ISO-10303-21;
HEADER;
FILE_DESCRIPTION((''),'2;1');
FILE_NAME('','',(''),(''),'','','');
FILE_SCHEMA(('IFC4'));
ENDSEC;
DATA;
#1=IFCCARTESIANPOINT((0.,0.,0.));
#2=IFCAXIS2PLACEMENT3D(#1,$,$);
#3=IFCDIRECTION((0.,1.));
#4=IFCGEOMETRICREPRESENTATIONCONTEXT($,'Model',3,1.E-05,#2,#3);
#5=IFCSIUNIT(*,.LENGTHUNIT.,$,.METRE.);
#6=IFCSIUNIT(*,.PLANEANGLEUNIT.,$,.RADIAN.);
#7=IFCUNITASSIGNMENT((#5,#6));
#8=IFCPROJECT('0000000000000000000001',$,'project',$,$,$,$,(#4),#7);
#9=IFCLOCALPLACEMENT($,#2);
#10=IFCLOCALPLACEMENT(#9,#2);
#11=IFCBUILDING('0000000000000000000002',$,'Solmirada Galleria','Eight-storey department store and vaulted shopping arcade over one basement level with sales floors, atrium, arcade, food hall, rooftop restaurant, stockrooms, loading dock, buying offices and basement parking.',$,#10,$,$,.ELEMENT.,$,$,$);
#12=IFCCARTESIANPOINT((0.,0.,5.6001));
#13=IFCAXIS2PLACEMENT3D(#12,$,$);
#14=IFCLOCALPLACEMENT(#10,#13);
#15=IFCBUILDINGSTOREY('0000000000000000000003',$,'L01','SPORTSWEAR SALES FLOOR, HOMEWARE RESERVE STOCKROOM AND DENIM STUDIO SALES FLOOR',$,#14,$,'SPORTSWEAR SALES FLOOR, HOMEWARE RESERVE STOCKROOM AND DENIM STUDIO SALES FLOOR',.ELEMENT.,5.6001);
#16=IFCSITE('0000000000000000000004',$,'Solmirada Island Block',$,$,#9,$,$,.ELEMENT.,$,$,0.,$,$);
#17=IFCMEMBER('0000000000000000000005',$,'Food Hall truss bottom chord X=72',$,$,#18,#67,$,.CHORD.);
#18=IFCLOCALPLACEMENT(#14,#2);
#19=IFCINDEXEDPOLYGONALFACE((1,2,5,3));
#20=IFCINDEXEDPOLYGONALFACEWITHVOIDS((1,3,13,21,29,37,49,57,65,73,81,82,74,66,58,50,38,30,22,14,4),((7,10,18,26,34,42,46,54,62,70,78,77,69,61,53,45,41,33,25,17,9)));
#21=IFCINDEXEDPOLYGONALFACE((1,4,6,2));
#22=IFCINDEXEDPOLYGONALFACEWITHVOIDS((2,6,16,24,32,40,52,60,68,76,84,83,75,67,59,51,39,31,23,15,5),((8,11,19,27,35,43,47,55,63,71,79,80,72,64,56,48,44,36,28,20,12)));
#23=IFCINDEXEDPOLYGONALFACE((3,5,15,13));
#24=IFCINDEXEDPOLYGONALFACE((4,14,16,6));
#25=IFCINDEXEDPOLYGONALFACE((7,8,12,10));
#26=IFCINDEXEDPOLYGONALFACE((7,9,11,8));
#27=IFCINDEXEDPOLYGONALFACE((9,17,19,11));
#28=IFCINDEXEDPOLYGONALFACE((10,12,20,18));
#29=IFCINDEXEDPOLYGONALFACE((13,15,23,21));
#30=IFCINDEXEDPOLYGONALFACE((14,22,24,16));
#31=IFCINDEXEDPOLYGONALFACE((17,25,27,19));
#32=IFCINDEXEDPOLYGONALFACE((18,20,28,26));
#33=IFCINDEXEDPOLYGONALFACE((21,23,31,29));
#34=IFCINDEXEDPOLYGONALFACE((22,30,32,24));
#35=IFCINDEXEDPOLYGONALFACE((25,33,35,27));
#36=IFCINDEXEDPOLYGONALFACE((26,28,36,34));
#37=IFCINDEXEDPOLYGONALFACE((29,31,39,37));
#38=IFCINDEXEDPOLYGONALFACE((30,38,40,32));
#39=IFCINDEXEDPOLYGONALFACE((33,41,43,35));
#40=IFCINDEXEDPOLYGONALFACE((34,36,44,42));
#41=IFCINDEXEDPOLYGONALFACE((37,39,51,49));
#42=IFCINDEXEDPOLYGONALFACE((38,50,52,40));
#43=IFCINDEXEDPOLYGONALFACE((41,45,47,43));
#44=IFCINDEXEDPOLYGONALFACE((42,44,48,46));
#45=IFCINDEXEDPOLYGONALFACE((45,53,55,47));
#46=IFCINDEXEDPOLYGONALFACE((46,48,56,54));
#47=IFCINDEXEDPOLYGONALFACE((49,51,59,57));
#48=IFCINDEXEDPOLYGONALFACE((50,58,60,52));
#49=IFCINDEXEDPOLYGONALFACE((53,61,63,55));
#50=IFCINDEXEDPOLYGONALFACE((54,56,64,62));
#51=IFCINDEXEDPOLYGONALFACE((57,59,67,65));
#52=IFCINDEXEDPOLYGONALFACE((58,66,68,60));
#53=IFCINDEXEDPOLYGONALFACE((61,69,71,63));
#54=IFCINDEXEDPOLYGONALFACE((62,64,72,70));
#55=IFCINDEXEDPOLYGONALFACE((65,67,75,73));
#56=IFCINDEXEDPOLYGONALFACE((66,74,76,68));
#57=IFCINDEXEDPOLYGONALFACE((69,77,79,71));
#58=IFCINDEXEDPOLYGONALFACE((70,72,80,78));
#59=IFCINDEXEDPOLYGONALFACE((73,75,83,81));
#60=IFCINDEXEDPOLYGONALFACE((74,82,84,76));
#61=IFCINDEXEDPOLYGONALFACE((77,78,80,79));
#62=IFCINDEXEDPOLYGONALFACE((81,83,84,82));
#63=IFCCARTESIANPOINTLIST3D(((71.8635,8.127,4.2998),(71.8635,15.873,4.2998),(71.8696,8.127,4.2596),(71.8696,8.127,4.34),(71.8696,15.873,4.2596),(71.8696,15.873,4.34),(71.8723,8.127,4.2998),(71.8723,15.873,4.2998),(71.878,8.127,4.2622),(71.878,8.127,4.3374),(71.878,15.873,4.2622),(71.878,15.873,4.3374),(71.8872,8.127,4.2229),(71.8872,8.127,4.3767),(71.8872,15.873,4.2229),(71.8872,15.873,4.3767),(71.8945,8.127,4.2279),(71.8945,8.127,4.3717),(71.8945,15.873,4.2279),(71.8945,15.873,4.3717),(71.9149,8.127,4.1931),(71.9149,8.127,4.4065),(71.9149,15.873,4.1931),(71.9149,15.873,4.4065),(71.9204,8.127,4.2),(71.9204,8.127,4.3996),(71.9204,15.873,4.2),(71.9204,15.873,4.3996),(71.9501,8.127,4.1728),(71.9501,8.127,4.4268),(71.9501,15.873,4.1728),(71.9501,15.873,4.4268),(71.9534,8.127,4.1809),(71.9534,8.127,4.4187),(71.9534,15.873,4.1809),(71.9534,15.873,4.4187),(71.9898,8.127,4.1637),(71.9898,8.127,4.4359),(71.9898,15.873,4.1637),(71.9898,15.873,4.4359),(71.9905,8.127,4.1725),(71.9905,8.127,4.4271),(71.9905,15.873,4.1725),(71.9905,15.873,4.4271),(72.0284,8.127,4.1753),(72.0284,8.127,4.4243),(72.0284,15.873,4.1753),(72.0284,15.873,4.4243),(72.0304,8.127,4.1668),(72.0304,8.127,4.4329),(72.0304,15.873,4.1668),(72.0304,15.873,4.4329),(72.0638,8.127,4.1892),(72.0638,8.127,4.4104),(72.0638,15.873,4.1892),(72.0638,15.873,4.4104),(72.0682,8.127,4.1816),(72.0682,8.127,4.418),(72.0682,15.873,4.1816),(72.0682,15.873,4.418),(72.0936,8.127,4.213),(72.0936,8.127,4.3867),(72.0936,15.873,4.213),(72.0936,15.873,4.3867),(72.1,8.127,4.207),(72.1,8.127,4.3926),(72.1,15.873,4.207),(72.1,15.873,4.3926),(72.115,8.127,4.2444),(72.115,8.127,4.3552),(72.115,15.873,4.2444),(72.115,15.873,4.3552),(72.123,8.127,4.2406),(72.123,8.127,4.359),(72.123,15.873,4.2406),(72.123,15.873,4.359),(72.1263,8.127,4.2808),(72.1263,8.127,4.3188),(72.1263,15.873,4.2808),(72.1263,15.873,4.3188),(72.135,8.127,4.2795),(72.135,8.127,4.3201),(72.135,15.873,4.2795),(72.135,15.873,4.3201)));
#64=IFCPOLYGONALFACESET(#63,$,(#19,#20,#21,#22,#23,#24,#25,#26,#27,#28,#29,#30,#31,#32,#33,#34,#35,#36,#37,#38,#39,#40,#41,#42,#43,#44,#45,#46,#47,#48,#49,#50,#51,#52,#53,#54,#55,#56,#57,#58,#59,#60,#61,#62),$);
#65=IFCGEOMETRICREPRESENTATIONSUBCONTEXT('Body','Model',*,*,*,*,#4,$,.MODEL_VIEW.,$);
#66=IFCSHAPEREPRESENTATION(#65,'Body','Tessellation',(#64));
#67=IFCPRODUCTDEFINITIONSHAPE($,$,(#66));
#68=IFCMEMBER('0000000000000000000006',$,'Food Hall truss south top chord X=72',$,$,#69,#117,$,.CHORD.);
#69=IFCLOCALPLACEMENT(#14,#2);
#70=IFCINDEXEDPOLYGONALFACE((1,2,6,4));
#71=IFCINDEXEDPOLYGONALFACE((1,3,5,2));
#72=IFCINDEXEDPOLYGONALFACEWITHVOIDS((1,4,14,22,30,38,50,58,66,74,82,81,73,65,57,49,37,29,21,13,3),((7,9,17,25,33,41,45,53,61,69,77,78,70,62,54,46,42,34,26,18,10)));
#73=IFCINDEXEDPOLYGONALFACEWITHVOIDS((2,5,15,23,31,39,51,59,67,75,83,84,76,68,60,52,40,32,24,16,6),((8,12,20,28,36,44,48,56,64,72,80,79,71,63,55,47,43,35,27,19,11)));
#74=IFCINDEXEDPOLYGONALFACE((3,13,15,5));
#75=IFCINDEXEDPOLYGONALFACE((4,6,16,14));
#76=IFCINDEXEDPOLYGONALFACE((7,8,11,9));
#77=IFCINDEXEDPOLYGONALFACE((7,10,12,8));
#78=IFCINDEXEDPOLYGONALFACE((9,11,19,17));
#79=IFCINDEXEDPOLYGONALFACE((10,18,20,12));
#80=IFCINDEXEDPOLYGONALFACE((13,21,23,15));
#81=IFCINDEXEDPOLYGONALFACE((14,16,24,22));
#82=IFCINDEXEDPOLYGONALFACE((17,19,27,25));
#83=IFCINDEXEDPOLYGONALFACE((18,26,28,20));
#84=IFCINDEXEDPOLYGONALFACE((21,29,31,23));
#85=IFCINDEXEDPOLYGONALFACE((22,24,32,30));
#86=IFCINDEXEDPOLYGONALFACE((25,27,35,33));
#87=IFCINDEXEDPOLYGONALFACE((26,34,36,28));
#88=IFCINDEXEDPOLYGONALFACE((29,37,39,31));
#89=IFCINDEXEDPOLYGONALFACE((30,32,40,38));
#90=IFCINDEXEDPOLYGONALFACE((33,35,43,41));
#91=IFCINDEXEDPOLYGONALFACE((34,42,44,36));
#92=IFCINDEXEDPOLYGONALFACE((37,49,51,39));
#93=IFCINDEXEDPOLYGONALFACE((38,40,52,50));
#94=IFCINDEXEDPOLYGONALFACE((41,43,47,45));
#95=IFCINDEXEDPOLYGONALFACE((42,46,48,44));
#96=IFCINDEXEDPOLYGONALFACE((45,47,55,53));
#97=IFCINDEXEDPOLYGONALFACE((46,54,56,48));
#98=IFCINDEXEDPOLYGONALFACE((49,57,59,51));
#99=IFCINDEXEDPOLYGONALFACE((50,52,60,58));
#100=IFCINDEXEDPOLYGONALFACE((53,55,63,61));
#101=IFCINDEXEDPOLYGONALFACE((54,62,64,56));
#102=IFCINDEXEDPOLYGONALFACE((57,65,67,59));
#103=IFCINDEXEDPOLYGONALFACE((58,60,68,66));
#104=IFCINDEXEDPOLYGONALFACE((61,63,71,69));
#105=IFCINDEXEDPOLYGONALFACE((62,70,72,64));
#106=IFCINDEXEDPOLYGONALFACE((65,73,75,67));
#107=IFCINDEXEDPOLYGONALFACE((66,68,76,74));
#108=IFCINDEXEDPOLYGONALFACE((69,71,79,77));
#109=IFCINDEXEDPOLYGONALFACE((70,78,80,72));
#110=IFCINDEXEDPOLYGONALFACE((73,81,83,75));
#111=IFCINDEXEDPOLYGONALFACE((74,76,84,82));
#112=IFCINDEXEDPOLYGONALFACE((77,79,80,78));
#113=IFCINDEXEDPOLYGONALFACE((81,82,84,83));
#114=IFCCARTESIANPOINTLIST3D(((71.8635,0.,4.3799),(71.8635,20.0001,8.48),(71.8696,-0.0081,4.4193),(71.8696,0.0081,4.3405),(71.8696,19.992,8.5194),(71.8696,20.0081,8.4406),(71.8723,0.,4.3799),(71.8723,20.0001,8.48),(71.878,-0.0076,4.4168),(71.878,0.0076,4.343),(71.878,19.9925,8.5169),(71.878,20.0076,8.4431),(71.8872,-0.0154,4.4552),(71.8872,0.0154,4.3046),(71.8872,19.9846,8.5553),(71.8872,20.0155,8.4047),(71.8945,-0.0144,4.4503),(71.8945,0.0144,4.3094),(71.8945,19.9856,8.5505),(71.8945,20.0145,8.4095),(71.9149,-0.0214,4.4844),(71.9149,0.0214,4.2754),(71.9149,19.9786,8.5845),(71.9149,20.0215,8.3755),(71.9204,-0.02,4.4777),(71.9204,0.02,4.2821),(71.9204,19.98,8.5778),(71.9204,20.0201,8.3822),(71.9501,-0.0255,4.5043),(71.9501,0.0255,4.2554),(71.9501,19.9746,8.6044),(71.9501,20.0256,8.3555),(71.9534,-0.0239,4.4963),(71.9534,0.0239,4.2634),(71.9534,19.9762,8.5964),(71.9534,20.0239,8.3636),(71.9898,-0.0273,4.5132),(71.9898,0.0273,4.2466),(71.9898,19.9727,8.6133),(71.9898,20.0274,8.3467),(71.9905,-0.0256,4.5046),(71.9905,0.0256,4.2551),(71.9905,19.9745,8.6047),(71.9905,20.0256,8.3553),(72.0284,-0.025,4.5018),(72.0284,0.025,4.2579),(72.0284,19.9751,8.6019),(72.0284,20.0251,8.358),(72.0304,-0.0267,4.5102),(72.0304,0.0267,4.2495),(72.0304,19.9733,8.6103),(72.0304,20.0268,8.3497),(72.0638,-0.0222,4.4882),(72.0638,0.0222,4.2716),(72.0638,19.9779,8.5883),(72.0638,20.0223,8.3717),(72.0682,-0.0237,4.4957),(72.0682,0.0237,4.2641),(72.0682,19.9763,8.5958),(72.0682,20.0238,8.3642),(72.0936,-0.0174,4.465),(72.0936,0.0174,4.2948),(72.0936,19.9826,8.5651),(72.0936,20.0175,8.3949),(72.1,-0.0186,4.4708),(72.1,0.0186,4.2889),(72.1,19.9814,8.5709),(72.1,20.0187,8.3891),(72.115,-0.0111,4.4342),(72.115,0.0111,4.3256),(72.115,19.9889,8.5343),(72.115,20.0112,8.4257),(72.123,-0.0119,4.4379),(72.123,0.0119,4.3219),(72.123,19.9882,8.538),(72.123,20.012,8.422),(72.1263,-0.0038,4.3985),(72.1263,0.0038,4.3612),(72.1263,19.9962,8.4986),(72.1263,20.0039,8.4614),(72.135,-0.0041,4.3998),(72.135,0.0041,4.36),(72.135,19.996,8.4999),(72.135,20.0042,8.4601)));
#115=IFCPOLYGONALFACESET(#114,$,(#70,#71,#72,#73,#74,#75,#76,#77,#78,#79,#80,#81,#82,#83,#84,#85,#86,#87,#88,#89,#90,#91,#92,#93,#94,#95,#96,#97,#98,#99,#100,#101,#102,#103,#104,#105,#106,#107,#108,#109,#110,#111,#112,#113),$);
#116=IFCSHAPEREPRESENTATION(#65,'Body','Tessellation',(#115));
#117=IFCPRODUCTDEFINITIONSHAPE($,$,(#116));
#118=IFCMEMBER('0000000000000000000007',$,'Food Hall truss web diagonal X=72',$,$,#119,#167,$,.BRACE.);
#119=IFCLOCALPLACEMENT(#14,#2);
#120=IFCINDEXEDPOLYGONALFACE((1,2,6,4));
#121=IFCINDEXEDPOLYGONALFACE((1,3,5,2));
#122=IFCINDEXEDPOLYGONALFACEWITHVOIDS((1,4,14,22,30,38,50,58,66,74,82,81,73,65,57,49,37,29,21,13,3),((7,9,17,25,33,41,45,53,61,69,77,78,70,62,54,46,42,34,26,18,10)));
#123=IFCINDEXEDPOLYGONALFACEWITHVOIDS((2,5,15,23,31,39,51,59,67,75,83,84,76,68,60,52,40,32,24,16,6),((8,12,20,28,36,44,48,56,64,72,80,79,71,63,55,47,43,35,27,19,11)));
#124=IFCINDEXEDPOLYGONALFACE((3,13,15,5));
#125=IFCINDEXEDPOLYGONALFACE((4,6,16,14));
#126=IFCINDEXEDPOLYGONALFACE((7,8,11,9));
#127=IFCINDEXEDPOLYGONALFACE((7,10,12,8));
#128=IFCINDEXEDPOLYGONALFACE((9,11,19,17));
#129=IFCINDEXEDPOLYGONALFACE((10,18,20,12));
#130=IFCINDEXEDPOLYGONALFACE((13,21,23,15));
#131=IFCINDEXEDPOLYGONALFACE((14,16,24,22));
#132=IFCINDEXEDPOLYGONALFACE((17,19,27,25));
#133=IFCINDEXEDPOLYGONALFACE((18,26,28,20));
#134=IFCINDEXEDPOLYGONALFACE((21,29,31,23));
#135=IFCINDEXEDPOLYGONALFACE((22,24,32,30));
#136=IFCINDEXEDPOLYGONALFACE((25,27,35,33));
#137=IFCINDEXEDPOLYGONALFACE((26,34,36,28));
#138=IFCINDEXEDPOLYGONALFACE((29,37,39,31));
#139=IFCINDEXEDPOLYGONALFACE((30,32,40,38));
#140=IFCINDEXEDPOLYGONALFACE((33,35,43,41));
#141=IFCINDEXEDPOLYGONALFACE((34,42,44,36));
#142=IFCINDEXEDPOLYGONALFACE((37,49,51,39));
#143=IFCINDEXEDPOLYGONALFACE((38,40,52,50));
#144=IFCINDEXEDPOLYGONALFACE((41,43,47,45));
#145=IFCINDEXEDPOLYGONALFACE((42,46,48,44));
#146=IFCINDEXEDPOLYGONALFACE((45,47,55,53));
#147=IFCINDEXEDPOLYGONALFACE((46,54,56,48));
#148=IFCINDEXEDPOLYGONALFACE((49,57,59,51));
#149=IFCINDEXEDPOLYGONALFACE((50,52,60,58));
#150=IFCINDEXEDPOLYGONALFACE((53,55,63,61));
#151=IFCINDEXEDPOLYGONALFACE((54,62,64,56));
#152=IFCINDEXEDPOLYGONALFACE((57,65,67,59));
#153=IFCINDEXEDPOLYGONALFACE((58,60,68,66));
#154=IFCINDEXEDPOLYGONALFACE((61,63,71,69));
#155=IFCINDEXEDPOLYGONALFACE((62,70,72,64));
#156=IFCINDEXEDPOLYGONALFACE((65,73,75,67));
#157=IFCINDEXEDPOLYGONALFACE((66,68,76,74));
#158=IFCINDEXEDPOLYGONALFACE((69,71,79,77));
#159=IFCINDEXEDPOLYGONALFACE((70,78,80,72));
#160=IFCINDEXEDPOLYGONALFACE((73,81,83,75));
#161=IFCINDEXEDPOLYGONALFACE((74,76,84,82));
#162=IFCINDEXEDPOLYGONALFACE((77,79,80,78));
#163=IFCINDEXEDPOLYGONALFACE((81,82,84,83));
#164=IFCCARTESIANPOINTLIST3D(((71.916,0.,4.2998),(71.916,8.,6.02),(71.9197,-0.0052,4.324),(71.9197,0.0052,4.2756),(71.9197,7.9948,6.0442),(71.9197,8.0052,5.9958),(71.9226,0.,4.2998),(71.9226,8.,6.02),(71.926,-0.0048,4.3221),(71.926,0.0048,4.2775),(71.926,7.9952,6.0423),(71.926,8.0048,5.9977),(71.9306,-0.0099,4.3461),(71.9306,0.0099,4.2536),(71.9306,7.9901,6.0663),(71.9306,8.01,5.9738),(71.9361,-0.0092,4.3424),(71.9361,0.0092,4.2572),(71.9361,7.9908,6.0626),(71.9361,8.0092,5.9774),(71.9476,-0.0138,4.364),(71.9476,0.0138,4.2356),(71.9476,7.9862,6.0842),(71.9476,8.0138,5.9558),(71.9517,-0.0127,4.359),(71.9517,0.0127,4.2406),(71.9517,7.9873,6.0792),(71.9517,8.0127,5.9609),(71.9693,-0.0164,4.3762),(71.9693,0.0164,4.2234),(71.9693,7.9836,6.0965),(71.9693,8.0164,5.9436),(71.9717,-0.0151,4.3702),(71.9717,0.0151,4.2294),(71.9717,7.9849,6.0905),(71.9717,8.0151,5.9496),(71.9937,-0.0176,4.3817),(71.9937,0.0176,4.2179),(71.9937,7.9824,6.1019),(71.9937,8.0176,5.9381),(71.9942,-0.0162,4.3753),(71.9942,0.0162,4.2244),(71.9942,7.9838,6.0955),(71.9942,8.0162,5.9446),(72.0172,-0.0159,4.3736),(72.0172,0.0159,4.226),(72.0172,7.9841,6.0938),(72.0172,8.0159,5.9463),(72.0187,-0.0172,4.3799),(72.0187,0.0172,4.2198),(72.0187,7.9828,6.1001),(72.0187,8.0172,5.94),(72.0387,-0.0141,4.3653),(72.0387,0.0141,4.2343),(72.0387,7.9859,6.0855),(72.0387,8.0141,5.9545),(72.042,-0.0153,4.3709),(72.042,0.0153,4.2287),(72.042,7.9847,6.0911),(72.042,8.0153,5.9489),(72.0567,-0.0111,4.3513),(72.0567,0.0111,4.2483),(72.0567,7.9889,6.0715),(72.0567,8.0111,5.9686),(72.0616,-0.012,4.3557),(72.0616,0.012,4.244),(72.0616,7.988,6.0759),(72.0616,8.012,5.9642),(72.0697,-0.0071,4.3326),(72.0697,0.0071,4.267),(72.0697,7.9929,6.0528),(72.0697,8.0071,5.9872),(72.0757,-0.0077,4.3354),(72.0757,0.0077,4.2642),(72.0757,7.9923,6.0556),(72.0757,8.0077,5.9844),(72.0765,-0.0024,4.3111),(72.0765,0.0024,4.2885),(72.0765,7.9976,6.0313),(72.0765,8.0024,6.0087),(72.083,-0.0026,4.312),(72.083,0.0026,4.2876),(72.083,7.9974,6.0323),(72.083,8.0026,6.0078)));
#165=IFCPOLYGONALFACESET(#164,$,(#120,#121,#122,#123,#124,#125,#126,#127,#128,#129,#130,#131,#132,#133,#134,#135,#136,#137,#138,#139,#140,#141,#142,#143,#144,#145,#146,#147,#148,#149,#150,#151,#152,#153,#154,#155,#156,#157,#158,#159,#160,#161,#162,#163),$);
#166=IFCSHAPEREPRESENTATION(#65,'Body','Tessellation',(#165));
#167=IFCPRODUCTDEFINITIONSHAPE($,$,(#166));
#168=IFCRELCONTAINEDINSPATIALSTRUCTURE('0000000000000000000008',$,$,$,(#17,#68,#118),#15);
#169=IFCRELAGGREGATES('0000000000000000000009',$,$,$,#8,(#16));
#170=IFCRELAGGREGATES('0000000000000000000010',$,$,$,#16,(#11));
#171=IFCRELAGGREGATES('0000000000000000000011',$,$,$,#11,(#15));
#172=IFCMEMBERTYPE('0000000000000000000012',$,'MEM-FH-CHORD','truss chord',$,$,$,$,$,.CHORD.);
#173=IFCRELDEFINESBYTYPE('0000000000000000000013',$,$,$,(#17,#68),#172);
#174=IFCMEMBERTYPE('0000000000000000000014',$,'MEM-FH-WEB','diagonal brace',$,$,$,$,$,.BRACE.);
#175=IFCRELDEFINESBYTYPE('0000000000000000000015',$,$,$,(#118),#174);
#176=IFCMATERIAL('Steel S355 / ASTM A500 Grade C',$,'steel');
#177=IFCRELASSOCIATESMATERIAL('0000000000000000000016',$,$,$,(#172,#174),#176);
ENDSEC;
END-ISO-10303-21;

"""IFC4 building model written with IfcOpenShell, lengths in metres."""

from ifc_helpers import new_model, si_unit, direction, frame, origin, origin_2d, place, context, subcontext, project, spatial, hollow_circle, extrude, material, material_profile, profile_set, type_object, element, save


model = new_model("IFC4")

# Units and contexts
model_context = context("Model", 3, precision=1e-05, world=origin(), true_north=direction((0.0, 1.0)))
body_context = subcontext(model_context, "Body", "Model", "MODEL_VIEW")
ifc_project = project(units=[si_unit("LENGTHUNIT", "METRE"), si_unit("PLANEANGLEUNIT", "RADIAN")], contexts=[model_context])

# Site, building, storey
site_placement = place(None, origin())
site = spatial("IfcSite", under=ifc_project, at=site_placement, Name="Solmirada Island Block", CompositionType="ELEMENT", RefElevation=0.0)
building_placement = place(site_placement, origin())
building = spatial("IfcBuilding", under=site, at=building_placement, Name="Solmirada Galleria", Description="Eight-storey department store and vaulted shopping arcade over one basement level with sales floors, atrium, arcade, food hall, rooftop restaurant, stockrooms, loading dock, buying offices and basement parking.", CompositionType="ELEMENT")
storey_placement = place(building_placement, frame((0.0, 0.0, 5.6001)))
storey = spatial("IfcBuildingStorey", under=building, at=storey_placement, Name="L01", Description="SPORTSWEAR SALES FLOOR, HOMEWARE RESERVE STOCKROOM AND DENIM STUDIO SALES FLOOR", LongName="SPORTSWEAR SALES FLOOR, HOMEWARE RESERVE STOCKROOM AND DENIM STUDIO SALES FLOOR", CompositionType="ELEMENT", Elevation=5.6001)

# Shared definitions
ifc_material_1 = material(Name="Steel S355 / ASTM A500 Grade C", Category="steel")

# Members
ifc_material_profile_1 = material_profile(ifc_material_1, hollow_circle(Radius=0.1365, WallThickness=0.0088, at=origin_2d()), Name="HSS10.750X0.375")
ifc_profile_set_1 = profile_set([ifc_material_profile_1], Name="Steel S355 / ASTM A500 Grade C")
member_type_1 = type_object("IfcMemberType", Name="MEM-FH-CHORD", Description="truss chord", PredefinedType="CHORD", material=ifc_profile_set_1)
member_1_placement = place(storey_placement, frame((72.0, 8.127, 4.2998), z_axis=(0.0, 1.0, 0.0), x_axis=(-1.0, 0.0, 0.0)))
element("IfcMember", 1, at=member_1_placement, inside=storey, type_object=member_type_1, Name="Food Hall truss bottom chord X=72", PredefinedType="CHORD", context=body_context, shape_type="SweptSolid", body=[
    extrude(hollow_circle(Radius=0.1365, WallThickness=0.0088, at=origin_2d()), origin(), (0.0, 0.0, 1.0), 7.7461),
])
member_2_placement = place(storey_placement, frame((72.0, 0.0, 4.3799), z_axis=(0.0, 0.979626, 0.200828), x_axis=(-1.0, 0.0, 0.0)))
element("IfcMember", 2, at=member_2_placement, inside=storey, type_object=member_type_1, Name="Food Hall truss south top chord X=72", PredefinedType="CHORD", context=body_context, shape_type="SweptSolid", body=[
    extrude(hollow_circle(Radius=0.1365, WallThickness=0.0088, at=origin_2d()), origin(), (0.0, 0.0, 1.0), 20.416),
])
ifc_material_profile_2 = material_profile(ifc_material_1, hollow_circle(Radius=0.084, WallThickness=0.0066, at=origin_2d()), Name="HSS6.625X0.280")
ifc_profile_set_2 = profile_set([ifc_material_profile_2], Name="Steel S355 / ASTM A500 Grade C")
member_type_2 = type_object("IfcMemberType", Name="MEM-FH-WEB", Description="diagonal brace", PredefinedType="BRACE", material=ifc_profile_set_2)
member_3_placement = place(storey_placement, frame((72.0, 0.0, 4.2998), z_axis=(0.0, 0.977654, 0.210222), x_axis=(-1.0, 0.0, 0.0)))
element("IfcMember", 3, at=member_3_placement, inside=storey, type_object=member_type_2, Name="Food Hall truss web diagonal X=72", PredefinedType="BRACE", context=body_context, shape_type="SweptSolid", body=[
    extrude(hollow_circle(Radius=0.084, WallThickness=0.0066, at=origin_2d()), origin(), (0.0, 0.0, 1.0), 8.1829),
])

save(model, "model.ifc")
